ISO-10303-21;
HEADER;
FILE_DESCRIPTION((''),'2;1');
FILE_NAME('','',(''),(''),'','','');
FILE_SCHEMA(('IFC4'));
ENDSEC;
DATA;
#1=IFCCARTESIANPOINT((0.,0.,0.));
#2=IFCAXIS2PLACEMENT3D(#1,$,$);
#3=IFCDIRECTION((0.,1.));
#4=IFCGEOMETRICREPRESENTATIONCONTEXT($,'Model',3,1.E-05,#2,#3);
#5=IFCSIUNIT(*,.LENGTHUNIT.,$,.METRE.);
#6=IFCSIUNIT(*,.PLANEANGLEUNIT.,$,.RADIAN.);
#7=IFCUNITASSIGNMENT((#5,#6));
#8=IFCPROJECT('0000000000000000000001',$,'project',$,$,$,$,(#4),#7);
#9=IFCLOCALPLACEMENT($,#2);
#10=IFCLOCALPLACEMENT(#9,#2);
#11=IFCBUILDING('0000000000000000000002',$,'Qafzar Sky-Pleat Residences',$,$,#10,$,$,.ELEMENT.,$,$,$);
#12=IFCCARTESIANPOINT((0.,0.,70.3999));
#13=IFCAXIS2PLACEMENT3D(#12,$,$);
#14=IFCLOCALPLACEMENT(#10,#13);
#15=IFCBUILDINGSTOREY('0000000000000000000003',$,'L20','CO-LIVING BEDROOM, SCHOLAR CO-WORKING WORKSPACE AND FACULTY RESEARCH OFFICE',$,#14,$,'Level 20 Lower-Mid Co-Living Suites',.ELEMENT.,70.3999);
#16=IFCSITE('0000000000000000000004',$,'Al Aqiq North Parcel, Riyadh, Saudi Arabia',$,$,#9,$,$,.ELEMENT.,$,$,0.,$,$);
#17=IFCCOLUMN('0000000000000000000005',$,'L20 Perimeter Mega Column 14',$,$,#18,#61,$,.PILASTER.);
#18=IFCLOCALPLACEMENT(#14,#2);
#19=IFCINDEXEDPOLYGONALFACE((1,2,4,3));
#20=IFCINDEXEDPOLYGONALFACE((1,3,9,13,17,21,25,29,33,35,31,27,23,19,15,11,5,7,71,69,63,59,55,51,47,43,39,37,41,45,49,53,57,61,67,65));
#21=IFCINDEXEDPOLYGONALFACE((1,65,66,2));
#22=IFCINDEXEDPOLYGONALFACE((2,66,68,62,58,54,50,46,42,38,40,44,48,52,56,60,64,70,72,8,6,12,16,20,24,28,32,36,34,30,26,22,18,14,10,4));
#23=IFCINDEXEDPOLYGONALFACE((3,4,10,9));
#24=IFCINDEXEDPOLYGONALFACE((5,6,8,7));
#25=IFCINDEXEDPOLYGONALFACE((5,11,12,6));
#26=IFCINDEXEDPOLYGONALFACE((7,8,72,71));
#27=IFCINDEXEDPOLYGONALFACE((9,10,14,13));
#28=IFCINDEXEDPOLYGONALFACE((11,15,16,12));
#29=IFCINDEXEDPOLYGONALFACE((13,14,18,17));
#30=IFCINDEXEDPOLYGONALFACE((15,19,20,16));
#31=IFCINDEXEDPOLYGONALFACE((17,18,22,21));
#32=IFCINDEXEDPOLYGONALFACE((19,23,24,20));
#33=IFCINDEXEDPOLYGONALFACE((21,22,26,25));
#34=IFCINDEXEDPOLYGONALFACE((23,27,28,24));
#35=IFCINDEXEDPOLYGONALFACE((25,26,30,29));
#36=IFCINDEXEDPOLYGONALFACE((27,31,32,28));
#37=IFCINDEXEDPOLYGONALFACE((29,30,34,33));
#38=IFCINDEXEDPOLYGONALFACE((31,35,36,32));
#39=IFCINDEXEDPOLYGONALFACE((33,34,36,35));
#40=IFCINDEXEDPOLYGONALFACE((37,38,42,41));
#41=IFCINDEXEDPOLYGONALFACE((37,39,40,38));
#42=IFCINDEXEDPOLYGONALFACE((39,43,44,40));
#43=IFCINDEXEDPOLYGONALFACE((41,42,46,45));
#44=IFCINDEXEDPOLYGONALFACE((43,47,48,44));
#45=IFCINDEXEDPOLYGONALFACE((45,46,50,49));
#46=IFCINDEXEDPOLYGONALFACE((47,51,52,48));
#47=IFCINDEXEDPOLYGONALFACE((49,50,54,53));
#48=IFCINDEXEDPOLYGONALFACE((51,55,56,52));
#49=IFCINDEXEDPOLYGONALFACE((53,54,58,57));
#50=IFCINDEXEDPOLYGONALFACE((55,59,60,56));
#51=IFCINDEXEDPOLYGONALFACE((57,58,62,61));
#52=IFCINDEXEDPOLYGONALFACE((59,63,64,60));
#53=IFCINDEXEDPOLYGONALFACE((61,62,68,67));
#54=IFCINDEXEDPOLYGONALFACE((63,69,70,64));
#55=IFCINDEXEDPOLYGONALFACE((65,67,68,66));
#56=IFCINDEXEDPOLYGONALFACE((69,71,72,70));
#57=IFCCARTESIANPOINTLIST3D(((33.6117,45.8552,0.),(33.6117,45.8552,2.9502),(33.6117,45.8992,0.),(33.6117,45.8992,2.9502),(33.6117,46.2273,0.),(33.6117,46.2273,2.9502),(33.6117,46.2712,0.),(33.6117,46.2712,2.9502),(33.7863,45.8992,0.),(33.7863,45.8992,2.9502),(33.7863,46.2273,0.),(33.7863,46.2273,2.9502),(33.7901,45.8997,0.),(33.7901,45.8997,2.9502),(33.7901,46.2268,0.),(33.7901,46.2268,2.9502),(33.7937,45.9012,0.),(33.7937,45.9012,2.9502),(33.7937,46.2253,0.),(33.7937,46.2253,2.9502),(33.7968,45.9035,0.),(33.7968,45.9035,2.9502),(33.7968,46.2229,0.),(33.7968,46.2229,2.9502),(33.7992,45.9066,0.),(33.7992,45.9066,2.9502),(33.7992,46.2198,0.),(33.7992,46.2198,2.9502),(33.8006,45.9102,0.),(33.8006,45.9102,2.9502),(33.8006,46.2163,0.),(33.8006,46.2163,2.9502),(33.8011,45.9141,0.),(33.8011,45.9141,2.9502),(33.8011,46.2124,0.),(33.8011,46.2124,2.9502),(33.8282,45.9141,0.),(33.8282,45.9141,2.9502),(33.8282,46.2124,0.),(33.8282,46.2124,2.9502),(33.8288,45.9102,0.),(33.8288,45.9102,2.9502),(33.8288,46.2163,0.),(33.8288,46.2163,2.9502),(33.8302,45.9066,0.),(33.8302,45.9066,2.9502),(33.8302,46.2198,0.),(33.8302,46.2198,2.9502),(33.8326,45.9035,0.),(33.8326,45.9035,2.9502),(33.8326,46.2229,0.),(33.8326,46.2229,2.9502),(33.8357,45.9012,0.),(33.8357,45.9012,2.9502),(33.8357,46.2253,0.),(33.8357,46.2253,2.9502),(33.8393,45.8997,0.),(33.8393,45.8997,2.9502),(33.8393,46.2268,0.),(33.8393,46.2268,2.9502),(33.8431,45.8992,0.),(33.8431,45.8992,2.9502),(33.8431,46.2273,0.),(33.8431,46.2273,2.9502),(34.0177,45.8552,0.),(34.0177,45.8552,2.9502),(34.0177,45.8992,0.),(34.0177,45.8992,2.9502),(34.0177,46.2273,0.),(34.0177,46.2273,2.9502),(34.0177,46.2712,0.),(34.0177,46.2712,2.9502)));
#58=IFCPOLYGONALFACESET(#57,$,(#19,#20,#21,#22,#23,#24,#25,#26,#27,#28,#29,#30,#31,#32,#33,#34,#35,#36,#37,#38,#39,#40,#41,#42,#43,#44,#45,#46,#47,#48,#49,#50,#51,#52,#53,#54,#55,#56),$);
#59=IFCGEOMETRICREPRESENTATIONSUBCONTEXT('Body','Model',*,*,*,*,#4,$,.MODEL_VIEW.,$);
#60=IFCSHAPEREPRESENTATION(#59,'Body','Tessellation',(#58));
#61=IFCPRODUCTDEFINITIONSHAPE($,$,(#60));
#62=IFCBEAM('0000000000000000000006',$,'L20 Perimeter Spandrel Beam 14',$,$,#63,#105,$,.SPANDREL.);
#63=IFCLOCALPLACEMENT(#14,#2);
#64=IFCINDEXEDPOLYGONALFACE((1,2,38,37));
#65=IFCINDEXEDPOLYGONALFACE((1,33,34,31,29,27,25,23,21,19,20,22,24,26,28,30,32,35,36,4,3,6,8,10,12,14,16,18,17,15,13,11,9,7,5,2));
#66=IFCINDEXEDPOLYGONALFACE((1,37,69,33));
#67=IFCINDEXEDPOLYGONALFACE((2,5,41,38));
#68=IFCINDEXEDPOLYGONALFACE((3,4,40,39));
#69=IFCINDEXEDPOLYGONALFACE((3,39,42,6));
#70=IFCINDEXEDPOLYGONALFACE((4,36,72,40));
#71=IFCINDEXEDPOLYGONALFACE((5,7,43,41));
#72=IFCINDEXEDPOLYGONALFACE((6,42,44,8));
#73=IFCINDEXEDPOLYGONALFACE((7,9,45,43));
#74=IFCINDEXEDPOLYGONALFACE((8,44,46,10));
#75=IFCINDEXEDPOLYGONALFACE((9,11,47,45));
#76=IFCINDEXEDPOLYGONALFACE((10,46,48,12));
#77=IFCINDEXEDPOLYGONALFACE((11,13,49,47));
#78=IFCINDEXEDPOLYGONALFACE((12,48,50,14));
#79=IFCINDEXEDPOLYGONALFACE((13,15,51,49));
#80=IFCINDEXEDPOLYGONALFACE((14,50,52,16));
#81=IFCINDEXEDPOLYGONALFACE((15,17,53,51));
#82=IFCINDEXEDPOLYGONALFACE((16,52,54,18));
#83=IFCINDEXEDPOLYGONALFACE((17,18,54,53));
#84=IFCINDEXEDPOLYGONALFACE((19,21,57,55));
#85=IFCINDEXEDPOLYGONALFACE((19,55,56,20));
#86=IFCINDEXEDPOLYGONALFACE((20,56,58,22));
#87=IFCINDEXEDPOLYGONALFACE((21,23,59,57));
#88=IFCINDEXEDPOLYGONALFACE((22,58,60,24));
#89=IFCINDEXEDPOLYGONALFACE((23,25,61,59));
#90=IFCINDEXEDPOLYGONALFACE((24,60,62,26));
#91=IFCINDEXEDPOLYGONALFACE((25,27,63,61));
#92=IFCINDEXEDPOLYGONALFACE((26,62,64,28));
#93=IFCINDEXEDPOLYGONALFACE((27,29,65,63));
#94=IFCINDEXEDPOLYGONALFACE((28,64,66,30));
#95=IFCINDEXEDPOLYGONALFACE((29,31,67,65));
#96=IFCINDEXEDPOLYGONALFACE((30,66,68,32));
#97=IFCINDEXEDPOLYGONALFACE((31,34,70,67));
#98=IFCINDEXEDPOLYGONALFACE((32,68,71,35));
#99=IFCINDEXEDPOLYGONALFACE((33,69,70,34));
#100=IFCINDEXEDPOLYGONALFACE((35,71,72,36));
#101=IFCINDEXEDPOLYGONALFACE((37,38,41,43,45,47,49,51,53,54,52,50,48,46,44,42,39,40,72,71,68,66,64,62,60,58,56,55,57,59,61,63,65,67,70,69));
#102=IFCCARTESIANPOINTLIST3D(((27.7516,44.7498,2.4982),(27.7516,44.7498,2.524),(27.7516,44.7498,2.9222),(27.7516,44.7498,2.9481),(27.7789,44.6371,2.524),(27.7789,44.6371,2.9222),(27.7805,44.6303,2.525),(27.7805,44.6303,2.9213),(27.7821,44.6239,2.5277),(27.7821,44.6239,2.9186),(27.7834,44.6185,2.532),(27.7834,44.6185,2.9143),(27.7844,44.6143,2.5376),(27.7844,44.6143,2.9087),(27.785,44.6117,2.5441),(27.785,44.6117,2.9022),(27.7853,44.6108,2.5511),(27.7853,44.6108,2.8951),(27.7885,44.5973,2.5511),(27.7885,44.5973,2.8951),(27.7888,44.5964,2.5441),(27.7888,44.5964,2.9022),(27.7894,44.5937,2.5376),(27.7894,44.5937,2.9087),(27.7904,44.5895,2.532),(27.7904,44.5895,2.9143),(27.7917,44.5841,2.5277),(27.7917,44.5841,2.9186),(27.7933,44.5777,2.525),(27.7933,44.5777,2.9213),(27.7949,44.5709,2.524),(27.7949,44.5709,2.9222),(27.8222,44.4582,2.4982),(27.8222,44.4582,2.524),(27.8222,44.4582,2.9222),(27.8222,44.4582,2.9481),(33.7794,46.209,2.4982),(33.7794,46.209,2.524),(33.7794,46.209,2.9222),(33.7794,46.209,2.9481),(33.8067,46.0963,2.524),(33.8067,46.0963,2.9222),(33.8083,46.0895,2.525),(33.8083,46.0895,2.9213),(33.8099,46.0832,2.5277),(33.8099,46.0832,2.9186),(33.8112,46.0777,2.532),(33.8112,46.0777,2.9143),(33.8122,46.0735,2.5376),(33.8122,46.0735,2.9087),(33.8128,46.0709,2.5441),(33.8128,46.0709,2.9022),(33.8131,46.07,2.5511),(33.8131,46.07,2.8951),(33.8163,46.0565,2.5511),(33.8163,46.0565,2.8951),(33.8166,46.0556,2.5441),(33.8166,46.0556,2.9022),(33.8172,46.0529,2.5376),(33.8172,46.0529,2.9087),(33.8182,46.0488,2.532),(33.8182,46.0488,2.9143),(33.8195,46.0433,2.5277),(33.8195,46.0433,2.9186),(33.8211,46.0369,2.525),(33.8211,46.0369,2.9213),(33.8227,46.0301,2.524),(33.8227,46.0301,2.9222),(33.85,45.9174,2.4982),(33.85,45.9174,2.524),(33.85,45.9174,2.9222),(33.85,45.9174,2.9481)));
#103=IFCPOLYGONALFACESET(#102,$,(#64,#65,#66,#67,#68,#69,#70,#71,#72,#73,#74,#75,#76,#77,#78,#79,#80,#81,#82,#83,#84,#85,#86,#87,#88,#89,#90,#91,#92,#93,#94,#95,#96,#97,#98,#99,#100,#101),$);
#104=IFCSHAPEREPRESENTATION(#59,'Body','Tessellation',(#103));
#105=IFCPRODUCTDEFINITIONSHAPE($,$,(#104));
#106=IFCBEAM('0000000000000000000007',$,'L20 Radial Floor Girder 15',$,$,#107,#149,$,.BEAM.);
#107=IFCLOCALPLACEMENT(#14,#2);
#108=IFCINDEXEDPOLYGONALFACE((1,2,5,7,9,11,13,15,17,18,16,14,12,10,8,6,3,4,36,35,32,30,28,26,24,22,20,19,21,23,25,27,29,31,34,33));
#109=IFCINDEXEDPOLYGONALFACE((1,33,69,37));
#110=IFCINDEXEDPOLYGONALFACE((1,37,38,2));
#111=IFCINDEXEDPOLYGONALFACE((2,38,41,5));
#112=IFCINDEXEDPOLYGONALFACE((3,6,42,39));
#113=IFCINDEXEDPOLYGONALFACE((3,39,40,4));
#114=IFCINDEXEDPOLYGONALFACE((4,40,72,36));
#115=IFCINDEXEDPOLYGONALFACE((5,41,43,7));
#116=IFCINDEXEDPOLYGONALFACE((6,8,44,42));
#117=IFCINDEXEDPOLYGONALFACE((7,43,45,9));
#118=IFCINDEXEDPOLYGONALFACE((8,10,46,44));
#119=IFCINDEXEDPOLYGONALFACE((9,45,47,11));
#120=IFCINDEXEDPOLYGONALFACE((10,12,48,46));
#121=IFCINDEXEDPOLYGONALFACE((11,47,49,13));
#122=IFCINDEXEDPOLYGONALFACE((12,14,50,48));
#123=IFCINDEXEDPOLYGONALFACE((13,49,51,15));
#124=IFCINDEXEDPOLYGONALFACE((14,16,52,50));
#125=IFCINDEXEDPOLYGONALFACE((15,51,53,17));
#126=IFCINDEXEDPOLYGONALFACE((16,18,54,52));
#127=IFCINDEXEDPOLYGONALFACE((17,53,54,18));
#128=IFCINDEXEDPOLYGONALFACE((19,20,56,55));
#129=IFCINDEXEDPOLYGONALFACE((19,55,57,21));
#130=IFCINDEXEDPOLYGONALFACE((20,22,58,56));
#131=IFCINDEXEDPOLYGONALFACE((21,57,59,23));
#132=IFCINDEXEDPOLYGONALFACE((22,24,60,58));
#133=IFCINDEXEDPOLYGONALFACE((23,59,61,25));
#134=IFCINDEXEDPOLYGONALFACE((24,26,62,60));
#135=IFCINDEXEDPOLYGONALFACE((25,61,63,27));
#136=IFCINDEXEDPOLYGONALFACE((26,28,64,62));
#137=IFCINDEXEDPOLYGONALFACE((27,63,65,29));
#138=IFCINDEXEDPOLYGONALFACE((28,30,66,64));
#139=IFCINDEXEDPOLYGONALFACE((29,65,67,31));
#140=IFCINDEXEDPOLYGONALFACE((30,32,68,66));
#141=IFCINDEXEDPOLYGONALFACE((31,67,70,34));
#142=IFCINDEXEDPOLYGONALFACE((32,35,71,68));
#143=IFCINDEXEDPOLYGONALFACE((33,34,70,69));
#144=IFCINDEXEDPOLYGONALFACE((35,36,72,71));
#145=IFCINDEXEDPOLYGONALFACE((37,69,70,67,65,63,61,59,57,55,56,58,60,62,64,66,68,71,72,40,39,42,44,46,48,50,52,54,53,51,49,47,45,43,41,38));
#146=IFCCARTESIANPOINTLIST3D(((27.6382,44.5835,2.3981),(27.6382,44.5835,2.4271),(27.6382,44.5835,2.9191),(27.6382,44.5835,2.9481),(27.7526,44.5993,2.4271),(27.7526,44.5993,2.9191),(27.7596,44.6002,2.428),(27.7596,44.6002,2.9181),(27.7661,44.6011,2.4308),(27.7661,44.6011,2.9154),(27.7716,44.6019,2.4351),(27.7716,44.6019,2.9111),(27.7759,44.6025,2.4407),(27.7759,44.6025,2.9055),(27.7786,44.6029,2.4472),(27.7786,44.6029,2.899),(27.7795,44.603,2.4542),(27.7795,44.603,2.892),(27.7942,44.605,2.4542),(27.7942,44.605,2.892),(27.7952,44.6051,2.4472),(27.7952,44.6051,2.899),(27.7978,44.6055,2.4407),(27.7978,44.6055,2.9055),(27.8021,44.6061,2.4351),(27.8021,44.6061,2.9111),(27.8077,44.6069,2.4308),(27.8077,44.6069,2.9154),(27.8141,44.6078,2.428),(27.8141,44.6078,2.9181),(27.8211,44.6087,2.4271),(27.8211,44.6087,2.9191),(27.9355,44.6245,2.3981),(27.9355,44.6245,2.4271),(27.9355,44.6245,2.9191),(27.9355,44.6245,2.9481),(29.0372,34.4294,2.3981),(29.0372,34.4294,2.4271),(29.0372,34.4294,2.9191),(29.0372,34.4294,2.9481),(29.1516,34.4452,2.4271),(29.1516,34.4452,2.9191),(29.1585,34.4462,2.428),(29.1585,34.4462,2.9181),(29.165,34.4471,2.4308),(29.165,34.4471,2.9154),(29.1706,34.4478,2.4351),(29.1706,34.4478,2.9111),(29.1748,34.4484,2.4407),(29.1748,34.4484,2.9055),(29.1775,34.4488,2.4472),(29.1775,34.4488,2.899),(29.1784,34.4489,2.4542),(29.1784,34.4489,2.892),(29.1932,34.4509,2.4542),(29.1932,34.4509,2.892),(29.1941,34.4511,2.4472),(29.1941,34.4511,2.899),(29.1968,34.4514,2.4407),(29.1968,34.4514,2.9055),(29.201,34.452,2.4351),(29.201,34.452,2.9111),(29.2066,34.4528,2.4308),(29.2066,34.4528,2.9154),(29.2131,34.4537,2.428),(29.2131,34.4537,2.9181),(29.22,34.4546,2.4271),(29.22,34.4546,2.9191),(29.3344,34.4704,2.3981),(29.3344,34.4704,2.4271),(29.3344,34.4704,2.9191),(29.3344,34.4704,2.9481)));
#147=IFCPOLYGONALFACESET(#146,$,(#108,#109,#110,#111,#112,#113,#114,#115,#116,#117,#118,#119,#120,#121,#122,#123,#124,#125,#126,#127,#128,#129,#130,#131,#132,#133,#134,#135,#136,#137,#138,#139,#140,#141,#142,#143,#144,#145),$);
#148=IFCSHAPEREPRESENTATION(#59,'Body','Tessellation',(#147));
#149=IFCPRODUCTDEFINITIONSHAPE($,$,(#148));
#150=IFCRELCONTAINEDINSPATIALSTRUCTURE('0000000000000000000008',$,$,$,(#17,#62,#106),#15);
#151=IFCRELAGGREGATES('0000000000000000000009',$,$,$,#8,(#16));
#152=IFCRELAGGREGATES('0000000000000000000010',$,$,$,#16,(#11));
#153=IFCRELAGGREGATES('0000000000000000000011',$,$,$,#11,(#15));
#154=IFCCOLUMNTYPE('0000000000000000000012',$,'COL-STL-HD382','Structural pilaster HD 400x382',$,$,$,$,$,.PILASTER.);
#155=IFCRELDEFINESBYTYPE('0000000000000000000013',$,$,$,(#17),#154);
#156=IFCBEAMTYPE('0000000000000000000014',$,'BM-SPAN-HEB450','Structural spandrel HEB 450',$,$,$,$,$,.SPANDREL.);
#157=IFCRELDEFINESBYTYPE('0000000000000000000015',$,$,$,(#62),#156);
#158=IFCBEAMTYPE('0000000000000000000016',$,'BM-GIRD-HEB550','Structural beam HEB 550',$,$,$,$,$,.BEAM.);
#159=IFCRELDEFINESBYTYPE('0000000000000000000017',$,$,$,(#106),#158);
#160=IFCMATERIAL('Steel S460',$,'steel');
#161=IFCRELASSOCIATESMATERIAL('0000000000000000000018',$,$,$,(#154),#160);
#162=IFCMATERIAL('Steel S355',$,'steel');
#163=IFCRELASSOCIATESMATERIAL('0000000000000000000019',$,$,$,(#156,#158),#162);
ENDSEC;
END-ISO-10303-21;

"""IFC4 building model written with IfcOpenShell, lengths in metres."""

from ifc_helpers import new_model, si_unit, direction, frame, origin, origin_2d, place, context, subcontext, project, spatial, i_section, extrude, source, transform, mapped, material, material_profile, profile_set, type_object, element, save


model = new_model("IFC4")

# Units and contexts
model_context = context("Model", 3, precision=1e-05, world=origin(), true_north=direction((0.0, 1.0)))
body_context = subcontext(model_context, "Body", "Model", "MODEL_VIEW")
ifc_project = project(units=[si_unit("LENGTHUNIT", "METRE"), si_unit("PLANEANGLEUNIT", "RADIAN")], contexts=[model_context])

# Site, building, storey
site_placement = place(None, origin())
site = spatial("IfcSite", under=ifc_project, at=site_placement, Name="Al Aqiq North Parcel, Riyadh, Saudi Arabia", CompositionType="ELEMENT", RefElevation=0.0)
building_placement = place(site_placement, origin())
building = spatial("IfcBuilding", under=site, at=building_placement, Name="Qafzar Sky-Pleat Residences", CompositionType="ELEMENT")
storey_placement = place(building_placement, frame((0.0, 0.0, 70.3999)))
storey = spatial("IfcBuildingStorey", under=building, at=storey_placement, Name="L20", Description="CO-LIVING BEDROOM, SCHOLAR CO-WORKING WORKSPACE AND FACULTY RESEARCH OFFICE", LongName="Level 20 Lower-Mid Co-Living Suites", CompositionType="ELEMENT", Elevation=70.3999)

# Column
ifc_material_1 = material(Name="Steel S460", Category="steel")
ifc_material_profile_1 = material_profile(ifc_material_1, i_section(OverallWidth=0.406, OverallDepth=0.416, WebThickness=0.0271, FlangeThickness=0.0439, FilletRadius=0.0149, at=origin_2d()), Name="HD 400x382")
ifc_profile_set_1 = profile_set([ifc_material_profile_1], Name="Steel S460")
column_type = type_object("IfcColumnType", Name="COL-STL-HD382", Description="Structural pilaster HD 400x382", PredefinedType="PILASTER", material=ifc_profile_set_1)
shared_shape_1 = source(origin(), body_context, "Body", "SweptSolid", [
    extrude(i_section(OverallWidth=0.406, OverallDepth=0.416, WebThickness=0.0271, FlangeThickness=0.0439, FilletRadius=0.0149, at=origin_2d()), origin(), (0.0, 0.0, 1.0), 2.9502),
])
column_placement = place(storey_placement, frame((33.8147, 46.0632, 0.0), z_axis=(0.0, 0.0, 1.0), x_axis=(1.0, 0.0, 0.0)))
element("IfcColumn", 1, at=column_placement, inside=storey, type_object=column_type, Name="L20 Perimeter Mega Column 14", PredefinedType="PILASTER", context=body_context, shape_type="MappedRepresentation", body=[
    mapped(shared_shape_1, transform((0.0, 0.0, 0.0), x_axis=(1.0, 0.0, 0.0), y_axis=(0.0, 1.0, 0.0), z_axis=(0.0, 0.0, 1.0), scale=1.0)),
])

# Beams
ifc_material_2 = material(Name="Steel S355", Category="steel")
ifc_material_profile_2 = material_profile(ifc_material_2, i_section(OverallWidth=0.3, OverallDepth=0.45, WebThickness=0.0139, FlangeThickness=0.0259, FilletRadius=0.0271, at=origin_2d()), Name="HEB 450")
ifc_profile_set_2 = profile_set([ifc_material_profile_2], Name="Steel S355")
beam_type_1 = type_object("IfcBeamType", Name="BM-SPAN-HEB450", Description="Structural spandrel HEB 450", PredefinedType="SPANDREL", material=ifc_profile_set_2)
shared_shape_2 = source(origin(), body_context, "Body", "SweptSolid", [
    extrude(i_section(OverallWidth=0.3, OverallDepth=0.45, WebThickness=0.0139, FlangeThickness=0.0259, FilletRadius=0.0271, at=origin_2d()), origin(), (0.0, 0.0, 1.0), 6.2019),
])
beam_1_placement = place(storey_placement, frame((33.8147, 46.0632, 2.7231), z_axis=(-0.971926, -0.235286, 0.0), x_axis=(0.235286, -0.971926, 0.0)))
element("IfcBeam", 2, at=beam_1_placement, inside=storey, type_object=beam_type_1, Name="L20 Perimeter Spandrel Beam 14", PredefinedType="SPANDREL", context=body_context, shape_type="MappedRepresentation", body=[
    mapped(shared_shape_2, transform((0.0, 0.0, 0.0), x_axis=(1.0, 0.0, 0.0), y_axis=(0.0, 1.0, 0.0), z_axis=(0.0, 0.0, 1.0), scale=1.0)),
])
ifc_material_profile_3 = material_profile(ifc_material_2, i_section(OverallWidth=0.3, OverallDepth=0.55, WebThickness=0.0149, FlangeThickness=0.0291, FilletRadius=0.0271, at=origin_2d()), Name="HEB 550")
ifc_profile_set_3 = profile_set([ifc_material_profile_3], Name="Steel S355")
beam_type_2 = type_object("IfcBeamType", Name="BM-GIRD-HEB550", Description="Structural beam HEB 550", PredefinedType="BEAM", material=ifc_profile_set_3)
shared_shape_3 = source(origin(), body_context, "Body", "SweptSolid", [
    extrude(i_section(OverallWidth=0.3, OverallDepth=0.55, WebThickness=0.0149, FlangeThickness=0.0291, FilletRadius=0.0271, at=origin_2d()), origin(), (0.0, 0.0, 1.0), 10.25),
])
beam_2_placement = place(storey_placement, frame((27.7869, 44.604, 2.6731), z_axis=(0.136481, -0.990643, 0.0), x_axis=(0.990643, 0.136481, 0.0)))
element("IfcBeam", 3, at=beam_2_placement, inside=storey, type_object=beam_type_2, Name="L20 Radial Floor Girder 15", PredefinedType="BEAM", context=body_context, shape_type="MappedRepresentation", body=[
    mapped(shared_shape_3, transform((0.0, 0.0, 0.0), x_axis=(1.0, 0.0, 0.0), y_axis=(0.0, 1.0, 0.0), z_axis=(0.0, 0.0, 1.0), scale=1.0)),
])

save(model, "model.ifc")
